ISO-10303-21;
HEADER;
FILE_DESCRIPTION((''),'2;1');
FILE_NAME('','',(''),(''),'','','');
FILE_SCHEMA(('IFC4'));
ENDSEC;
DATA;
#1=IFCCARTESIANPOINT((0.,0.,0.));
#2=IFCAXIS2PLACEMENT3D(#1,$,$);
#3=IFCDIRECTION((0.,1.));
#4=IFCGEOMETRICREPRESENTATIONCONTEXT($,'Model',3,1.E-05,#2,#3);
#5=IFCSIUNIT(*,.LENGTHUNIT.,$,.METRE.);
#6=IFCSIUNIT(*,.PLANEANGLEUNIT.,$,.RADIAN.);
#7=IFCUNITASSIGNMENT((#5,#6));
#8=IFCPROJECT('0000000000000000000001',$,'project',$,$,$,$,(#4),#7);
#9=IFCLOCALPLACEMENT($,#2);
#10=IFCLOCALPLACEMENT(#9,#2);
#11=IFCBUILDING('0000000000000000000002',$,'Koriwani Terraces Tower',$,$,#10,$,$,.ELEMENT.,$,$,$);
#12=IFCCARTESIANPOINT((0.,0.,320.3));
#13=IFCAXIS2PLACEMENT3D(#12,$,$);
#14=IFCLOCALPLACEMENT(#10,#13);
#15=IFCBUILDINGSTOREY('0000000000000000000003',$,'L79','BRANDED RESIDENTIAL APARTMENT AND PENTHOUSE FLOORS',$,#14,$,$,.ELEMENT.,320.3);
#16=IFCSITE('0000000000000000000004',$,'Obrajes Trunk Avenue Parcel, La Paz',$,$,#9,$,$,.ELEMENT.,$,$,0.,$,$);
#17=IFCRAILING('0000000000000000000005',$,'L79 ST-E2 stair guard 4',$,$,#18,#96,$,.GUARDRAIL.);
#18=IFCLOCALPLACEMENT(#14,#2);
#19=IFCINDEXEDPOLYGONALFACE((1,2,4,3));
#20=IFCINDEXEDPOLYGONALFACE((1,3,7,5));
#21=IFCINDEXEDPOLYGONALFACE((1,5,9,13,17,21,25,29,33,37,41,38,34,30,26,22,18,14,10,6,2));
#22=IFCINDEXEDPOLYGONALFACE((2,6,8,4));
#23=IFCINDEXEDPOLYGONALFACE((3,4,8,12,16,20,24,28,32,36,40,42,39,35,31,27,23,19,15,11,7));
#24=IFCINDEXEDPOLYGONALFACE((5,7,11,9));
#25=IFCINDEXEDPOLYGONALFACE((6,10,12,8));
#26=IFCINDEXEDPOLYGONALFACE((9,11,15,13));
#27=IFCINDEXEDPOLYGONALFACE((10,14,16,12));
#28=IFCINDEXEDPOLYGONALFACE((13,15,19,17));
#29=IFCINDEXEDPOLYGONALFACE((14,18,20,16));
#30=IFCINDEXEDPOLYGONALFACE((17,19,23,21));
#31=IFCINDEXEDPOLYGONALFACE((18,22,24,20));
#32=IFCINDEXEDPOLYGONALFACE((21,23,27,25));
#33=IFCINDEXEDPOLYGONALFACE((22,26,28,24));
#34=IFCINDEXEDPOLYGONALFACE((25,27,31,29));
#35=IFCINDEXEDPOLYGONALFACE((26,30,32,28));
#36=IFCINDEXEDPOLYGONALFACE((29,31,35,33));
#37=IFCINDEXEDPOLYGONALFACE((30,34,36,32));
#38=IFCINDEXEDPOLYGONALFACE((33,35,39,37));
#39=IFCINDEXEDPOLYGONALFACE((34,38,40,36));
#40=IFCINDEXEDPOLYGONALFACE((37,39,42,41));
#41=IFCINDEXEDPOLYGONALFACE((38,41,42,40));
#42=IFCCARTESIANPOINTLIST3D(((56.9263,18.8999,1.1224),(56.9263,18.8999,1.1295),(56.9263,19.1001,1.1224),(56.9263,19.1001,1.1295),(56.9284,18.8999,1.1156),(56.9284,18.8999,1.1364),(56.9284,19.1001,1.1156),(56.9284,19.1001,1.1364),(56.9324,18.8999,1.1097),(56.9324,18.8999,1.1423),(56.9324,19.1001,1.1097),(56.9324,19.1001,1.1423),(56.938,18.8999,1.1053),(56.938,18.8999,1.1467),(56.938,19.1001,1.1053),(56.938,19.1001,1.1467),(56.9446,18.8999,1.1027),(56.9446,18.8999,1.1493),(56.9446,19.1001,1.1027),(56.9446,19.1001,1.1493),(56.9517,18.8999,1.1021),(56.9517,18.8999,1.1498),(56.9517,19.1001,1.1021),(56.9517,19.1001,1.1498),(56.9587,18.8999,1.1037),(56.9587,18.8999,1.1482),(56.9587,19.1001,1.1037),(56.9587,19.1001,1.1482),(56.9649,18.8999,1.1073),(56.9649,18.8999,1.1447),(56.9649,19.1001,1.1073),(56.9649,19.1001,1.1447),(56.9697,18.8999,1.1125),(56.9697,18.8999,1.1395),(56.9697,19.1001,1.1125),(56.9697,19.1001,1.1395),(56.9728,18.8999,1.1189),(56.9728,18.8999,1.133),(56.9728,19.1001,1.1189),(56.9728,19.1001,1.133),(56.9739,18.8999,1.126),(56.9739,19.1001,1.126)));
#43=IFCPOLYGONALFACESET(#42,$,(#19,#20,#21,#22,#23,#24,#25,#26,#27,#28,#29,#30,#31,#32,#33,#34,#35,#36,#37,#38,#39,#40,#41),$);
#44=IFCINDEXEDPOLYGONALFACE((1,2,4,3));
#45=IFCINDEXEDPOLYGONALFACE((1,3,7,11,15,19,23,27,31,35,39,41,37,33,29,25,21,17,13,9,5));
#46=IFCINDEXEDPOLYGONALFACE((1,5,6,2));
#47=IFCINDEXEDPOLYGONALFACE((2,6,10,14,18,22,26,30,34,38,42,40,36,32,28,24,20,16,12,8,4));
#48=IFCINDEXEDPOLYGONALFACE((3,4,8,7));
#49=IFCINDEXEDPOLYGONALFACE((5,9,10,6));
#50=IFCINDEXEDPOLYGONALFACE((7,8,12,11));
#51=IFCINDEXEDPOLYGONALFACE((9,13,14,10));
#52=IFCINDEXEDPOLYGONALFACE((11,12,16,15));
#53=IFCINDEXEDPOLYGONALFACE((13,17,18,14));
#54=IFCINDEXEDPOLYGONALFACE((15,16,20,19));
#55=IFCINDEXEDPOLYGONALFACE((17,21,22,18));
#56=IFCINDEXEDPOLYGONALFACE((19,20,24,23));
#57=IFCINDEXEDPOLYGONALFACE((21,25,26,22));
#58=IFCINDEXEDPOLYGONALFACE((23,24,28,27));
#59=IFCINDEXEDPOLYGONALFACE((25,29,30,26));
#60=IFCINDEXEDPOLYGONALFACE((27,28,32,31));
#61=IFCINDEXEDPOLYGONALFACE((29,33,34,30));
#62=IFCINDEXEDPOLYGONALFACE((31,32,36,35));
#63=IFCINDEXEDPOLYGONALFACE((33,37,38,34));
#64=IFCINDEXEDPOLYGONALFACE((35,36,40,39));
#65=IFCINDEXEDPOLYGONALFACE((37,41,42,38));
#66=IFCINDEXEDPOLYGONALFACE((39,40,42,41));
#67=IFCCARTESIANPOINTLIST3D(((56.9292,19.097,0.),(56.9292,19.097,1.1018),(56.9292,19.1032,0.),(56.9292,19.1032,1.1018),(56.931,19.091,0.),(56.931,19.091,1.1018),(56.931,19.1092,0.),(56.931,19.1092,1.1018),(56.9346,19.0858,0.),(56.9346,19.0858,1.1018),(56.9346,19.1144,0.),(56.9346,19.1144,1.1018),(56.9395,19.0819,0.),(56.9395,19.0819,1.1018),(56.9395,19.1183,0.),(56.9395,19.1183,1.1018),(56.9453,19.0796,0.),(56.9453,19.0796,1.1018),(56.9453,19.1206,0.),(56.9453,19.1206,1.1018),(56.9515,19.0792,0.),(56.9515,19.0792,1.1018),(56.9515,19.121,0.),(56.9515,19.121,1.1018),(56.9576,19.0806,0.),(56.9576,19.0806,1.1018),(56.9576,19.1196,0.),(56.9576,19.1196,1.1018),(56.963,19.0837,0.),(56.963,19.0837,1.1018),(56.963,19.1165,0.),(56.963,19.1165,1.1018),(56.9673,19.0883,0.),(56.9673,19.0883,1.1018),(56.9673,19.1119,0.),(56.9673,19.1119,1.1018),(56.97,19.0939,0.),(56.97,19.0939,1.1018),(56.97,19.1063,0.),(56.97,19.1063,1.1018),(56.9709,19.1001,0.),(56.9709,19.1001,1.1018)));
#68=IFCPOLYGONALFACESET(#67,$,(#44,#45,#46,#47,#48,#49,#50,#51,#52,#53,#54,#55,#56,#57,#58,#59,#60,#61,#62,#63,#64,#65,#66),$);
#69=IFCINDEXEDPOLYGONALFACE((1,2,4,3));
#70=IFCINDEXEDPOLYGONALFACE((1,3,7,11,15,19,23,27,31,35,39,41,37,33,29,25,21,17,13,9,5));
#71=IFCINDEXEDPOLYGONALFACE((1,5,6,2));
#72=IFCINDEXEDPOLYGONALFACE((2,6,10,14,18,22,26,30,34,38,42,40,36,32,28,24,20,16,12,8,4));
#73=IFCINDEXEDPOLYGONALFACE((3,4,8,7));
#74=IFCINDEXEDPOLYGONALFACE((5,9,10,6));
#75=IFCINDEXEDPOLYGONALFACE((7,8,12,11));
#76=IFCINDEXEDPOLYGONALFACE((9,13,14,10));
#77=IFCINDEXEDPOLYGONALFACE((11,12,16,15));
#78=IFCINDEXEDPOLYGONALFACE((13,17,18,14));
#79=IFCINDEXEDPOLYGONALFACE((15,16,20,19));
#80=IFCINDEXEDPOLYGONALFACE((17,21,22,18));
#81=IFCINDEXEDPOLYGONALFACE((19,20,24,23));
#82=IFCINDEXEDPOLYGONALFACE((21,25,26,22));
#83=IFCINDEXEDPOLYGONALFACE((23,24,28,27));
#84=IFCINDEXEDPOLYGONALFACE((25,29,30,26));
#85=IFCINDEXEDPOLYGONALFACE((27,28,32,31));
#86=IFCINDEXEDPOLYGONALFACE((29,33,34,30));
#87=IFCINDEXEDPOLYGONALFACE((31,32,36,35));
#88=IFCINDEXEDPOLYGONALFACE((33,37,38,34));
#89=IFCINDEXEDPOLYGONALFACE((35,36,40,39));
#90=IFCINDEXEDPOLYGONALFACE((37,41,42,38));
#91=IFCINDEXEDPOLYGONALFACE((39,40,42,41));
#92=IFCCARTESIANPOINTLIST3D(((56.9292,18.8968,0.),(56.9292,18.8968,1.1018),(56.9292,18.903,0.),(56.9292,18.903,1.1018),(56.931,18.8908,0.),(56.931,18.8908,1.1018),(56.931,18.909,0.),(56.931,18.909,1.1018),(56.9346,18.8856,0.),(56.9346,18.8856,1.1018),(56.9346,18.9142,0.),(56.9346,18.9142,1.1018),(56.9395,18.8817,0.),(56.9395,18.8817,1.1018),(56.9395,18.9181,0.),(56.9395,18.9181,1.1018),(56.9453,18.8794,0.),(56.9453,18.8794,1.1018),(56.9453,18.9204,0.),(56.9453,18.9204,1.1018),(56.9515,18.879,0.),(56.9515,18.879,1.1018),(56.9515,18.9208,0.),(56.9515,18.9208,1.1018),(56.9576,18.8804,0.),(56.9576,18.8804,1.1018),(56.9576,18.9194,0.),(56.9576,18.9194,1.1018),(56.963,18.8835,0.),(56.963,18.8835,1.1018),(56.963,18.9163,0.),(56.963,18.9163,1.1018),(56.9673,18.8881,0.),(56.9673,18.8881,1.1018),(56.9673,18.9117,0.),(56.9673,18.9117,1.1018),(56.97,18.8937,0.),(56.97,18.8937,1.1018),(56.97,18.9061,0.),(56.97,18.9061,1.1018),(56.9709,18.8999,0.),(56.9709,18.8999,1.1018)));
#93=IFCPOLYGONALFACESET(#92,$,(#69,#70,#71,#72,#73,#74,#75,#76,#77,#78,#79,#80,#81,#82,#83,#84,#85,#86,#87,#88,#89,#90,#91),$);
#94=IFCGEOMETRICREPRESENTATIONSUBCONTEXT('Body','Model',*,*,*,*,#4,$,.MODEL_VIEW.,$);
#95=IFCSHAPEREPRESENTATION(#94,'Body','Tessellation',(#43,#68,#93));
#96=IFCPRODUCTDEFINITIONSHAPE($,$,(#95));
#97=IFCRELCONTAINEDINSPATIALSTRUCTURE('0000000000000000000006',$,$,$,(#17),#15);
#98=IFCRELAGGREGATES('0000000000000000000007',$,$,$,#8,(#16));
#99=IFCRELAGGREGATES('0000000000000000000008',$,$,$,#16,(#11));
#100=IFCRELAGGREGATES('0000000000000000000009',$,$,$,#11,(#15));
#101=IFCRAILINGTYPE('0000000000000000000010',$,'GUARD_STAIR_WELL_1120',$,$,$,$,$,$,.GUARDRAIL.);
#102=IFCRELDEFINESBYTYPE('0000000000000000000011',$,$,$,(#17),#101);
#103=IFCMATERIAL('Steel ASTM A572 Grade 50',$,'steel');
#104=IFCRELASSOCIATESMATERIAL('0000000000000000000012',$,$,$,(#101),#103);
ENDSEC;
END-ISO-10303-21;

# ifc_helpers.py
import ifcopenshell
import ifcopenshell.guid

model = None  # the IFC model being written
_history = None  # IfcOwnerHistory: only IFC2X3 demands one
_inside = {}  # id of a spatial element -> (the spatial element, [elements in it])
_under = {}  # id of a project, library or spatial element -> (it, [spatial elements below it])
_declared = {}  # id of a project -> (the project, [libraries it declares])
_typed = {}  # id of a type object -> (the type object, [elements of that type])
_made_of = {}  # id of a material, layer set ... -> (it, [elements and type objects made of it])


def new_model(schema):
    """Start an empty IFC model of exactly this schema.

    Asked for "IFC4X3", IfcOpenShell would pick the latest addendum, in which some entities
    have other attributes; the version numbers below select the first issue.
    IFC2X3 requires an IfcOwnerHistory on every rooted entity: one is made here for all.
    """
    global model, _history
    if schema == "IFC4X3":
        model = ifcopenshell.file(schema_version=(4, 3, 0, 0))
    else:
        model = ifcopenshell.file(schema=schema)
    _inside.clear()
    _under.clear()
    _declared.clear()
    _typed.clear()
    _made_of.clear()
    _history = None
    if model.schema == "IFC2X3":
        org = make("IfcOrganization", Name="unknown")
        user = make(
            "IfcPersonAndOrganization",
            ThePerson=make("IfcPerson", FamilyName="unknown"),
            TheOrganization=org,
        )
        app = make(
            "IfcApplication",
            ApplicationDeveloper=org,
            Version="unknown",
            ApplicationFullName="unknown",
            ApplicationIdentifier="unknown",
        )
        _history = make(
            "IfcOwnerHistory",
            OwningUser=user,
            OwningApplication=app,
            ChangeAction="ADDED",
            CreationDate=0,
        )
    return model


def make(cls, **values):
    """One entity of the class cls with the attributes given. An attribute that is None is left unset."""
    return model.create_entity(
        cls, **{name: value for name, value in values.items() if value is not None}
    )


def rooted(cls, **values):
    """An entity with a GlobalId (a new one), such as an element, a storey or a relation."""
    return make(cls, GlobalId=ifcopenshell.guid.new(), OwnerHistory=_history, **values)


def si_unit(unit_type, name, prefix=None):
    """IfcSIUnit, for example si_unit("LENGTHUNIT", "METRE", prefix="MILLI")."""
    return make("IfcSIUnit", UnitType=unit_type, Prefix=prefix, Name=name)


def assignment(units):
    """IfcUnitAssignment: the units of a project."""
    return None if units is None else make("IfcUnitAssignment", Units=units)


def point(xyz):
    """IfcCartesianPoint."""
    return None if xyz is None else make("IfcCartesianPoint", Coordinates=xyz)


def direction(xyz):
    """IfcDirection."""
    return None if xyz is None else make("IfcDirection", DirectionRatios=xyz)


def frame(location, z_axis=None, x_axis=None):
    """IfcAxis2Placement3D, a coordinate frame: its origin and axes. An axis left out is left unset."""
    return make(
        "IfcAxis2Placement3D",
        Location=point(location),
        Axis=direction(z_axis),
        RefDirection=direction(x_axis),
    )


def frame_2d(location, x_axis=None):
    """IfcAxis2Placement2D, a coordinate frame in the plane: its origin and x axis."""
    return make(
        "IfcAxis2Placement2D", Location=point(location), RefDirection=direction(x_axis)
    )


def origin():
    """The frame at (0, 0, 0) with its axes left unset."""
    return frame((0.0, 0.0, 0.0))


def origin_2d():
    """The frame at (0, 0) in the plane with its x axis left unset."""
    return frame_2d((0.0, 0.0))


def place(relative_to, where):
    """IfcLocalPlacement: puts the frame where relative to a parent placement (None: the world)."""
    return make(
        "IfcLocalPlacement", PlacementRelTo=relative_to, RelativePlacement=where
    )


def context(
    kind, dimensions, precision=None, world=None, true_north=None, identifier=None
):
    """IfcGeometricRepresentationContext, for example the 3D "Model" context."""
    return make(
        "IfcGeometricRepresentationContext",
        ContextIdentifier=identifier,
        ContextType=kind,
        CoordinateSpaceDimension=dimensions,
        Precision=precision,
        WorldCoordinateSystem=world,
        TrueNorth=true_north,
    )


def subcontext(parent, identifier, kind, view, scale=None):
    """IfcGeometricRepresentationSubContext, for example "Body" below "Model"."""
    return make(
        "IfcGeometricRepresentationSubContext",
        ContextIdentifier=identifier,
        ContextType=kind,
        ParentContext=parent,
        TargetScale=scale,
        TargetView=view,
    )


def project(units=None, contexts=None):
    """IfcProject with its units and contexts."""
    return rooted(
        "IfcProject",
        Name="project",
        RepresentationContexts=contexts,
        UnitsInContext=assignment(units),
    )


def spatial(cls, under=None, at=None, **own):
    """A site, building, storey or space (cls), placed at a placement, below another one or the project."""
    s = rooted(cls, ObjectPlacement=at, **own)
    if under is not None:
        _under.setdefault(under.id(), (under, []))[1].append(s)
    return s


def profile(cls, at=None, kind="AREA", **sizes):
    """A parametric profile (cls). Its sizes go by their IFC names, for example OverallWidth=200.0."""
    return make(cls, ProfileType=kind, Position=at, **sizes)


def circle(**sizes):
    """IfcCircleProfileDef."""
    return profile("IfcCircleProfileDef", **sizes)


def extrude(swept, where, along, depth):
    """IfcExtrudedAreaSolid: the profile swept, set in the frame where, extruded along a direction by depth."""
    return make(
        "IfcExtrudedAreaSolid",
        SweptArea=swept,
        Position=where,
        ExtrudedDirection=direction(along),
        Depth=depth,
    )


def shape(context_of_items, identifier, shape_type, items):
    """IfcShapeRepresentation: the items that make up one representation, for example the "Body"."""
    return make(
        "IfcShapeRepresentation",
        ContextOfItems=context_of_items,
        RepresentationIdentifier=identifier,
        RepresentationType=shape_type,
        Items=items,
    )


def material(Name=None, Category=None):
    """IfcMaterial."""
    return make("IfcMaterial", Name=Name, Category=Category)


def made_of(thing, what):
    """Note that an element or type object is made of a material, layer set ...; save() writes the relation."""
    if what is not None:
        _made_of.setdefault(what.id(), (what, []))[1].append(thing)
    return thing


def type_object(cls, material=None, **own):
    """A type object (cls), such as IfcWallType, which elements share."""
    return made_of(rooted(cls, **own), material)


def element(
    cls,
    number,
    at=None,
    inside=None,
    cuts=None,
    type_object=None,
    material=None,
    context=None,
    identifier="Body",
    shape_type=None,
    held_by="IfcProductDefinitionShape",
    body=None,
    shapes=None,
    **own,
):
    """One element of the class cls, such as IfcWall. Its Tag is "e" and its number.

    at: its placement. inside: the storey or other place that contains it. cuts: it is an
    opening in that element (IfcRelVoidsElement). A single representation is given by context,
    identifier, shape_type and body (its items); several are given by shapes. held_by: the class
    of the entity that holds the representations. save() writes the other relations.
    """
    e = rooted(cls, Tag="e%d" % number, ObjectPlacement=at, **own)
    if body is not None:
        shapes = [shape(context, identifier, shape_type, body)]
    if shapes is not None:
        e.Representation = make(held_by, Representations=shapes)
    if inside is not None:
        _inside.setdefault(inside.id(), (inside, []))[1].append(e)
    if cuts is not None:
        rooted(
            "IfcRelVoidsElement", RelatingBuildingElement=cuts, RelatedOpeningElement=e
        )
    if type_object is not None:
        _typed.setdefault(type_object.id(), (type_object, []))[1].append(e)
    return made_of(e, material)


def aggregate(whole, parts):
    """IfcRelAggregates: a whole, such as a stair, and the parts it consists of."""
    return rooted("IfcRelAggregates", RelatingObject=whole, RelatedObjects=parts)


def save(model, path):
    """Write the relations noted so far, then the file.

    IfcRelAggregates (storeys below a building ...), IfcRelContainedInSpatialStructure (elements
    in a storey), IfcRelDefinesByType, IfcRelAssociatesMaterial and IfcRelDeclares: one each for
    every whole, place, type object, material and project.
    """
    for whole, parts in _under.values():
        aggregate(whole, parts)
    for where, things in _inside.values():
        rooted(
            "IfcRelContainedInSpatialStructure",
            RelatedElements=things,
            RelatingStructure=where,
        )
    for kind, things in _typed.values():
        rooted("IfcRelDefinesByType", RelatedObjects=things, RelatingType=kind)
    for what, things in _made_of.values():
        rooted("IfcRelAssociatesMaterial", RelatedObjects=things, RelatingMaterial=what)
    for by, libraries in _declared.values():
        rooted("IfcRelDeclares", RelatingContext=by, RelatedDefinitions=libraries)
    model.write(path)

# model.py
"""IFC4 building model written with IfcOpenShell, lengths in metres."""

from ifc_helpers import new_model, si_unit, direction, frame, origin, origin_2d, place, context, subcontext, project, spatial, circle, extrude, material, type_object, element, save


model = new_model("IFC4")

# Units and contexts
model_context = context("Model", 3, precision=1e-05, world=origin(), true_north=direction((0.0, 1.0)))
body_context = subcontext(model_context, "Body", "Model", "MODEL_VIEW")
ifc_project = project(units=[si_unit("LENGTHUNIT", "METRE"), si_unit("PLANEANGLEUNIT", "RADIAN")], contexts=[model_context])

# Site, building, storey
site_placement = place(None, origin())
site = spatial("IfcSite", under=ifc_project, at=site_placement, Name="Obrajes Trunk Avenue Parcel, La Paz", CompositionType="ELEMENT", RefElevation=0.0)
building_placement = place(site_placement, origin())
building = spatial("IfcBuilding", under=site, at=building_placement, Name="Koriwani Terraces Tower", CompositionType="ELEMENT")
storey_placement = place(building_placement, frame((0.0, 0.0, 320.3)))
storey = spatial("IfcBuildingStorey", under=building, at=storey_placement, Name="L79", Description="BRANDED RESIDENTIAL APARTMENT AND PENTHOUSE FLOORS", CompositionType="ELEMENT", Elevation=320.3)

# Shared definitions
ifc_material_1 = material(Name="Steel ASTM A572 Grade 50", Category="steel")

# Railing
railing_type_1 = type_object("IfcRailingType", Name="GUARD_STAIR_WELL_1120", PredefinedType="GUARDRAIL", material=ifc_material_1)
railing_1_placement = place(storey_placement, frame((56.95, 19.1001, 0.0)))
element("IfcRailing", 1, at=railing_1_placement, inside=storey, type_object=railing_type_1, Name="L79 ST-E2 stair guard 4", PredefinedType="GUARDRAIL", context=body_context, shape_type="SweptSolid", body=[
    extrude(circle(Radius=0.0239, at=origin_2d()), frame((0.0, 0.0, 1.126), z_axis=(0.0, -1.0, 0.0), x_axis=(1.0, 0.0, 0.0)), (0.0, 0.0, 1.0), 0.2002),
    extrude(circle(Radius=0.021, at=origin_2d()), origin(), (0.0, 0.0, 1.0), 1.1018),
    extrude(circle(Radius=0.021, at=origin_2d()), frame((0.0, -0.2002, 0.0)), (0.0, 0.0, 1.0), 1.1018),
])

save(model, "model.ifc")
